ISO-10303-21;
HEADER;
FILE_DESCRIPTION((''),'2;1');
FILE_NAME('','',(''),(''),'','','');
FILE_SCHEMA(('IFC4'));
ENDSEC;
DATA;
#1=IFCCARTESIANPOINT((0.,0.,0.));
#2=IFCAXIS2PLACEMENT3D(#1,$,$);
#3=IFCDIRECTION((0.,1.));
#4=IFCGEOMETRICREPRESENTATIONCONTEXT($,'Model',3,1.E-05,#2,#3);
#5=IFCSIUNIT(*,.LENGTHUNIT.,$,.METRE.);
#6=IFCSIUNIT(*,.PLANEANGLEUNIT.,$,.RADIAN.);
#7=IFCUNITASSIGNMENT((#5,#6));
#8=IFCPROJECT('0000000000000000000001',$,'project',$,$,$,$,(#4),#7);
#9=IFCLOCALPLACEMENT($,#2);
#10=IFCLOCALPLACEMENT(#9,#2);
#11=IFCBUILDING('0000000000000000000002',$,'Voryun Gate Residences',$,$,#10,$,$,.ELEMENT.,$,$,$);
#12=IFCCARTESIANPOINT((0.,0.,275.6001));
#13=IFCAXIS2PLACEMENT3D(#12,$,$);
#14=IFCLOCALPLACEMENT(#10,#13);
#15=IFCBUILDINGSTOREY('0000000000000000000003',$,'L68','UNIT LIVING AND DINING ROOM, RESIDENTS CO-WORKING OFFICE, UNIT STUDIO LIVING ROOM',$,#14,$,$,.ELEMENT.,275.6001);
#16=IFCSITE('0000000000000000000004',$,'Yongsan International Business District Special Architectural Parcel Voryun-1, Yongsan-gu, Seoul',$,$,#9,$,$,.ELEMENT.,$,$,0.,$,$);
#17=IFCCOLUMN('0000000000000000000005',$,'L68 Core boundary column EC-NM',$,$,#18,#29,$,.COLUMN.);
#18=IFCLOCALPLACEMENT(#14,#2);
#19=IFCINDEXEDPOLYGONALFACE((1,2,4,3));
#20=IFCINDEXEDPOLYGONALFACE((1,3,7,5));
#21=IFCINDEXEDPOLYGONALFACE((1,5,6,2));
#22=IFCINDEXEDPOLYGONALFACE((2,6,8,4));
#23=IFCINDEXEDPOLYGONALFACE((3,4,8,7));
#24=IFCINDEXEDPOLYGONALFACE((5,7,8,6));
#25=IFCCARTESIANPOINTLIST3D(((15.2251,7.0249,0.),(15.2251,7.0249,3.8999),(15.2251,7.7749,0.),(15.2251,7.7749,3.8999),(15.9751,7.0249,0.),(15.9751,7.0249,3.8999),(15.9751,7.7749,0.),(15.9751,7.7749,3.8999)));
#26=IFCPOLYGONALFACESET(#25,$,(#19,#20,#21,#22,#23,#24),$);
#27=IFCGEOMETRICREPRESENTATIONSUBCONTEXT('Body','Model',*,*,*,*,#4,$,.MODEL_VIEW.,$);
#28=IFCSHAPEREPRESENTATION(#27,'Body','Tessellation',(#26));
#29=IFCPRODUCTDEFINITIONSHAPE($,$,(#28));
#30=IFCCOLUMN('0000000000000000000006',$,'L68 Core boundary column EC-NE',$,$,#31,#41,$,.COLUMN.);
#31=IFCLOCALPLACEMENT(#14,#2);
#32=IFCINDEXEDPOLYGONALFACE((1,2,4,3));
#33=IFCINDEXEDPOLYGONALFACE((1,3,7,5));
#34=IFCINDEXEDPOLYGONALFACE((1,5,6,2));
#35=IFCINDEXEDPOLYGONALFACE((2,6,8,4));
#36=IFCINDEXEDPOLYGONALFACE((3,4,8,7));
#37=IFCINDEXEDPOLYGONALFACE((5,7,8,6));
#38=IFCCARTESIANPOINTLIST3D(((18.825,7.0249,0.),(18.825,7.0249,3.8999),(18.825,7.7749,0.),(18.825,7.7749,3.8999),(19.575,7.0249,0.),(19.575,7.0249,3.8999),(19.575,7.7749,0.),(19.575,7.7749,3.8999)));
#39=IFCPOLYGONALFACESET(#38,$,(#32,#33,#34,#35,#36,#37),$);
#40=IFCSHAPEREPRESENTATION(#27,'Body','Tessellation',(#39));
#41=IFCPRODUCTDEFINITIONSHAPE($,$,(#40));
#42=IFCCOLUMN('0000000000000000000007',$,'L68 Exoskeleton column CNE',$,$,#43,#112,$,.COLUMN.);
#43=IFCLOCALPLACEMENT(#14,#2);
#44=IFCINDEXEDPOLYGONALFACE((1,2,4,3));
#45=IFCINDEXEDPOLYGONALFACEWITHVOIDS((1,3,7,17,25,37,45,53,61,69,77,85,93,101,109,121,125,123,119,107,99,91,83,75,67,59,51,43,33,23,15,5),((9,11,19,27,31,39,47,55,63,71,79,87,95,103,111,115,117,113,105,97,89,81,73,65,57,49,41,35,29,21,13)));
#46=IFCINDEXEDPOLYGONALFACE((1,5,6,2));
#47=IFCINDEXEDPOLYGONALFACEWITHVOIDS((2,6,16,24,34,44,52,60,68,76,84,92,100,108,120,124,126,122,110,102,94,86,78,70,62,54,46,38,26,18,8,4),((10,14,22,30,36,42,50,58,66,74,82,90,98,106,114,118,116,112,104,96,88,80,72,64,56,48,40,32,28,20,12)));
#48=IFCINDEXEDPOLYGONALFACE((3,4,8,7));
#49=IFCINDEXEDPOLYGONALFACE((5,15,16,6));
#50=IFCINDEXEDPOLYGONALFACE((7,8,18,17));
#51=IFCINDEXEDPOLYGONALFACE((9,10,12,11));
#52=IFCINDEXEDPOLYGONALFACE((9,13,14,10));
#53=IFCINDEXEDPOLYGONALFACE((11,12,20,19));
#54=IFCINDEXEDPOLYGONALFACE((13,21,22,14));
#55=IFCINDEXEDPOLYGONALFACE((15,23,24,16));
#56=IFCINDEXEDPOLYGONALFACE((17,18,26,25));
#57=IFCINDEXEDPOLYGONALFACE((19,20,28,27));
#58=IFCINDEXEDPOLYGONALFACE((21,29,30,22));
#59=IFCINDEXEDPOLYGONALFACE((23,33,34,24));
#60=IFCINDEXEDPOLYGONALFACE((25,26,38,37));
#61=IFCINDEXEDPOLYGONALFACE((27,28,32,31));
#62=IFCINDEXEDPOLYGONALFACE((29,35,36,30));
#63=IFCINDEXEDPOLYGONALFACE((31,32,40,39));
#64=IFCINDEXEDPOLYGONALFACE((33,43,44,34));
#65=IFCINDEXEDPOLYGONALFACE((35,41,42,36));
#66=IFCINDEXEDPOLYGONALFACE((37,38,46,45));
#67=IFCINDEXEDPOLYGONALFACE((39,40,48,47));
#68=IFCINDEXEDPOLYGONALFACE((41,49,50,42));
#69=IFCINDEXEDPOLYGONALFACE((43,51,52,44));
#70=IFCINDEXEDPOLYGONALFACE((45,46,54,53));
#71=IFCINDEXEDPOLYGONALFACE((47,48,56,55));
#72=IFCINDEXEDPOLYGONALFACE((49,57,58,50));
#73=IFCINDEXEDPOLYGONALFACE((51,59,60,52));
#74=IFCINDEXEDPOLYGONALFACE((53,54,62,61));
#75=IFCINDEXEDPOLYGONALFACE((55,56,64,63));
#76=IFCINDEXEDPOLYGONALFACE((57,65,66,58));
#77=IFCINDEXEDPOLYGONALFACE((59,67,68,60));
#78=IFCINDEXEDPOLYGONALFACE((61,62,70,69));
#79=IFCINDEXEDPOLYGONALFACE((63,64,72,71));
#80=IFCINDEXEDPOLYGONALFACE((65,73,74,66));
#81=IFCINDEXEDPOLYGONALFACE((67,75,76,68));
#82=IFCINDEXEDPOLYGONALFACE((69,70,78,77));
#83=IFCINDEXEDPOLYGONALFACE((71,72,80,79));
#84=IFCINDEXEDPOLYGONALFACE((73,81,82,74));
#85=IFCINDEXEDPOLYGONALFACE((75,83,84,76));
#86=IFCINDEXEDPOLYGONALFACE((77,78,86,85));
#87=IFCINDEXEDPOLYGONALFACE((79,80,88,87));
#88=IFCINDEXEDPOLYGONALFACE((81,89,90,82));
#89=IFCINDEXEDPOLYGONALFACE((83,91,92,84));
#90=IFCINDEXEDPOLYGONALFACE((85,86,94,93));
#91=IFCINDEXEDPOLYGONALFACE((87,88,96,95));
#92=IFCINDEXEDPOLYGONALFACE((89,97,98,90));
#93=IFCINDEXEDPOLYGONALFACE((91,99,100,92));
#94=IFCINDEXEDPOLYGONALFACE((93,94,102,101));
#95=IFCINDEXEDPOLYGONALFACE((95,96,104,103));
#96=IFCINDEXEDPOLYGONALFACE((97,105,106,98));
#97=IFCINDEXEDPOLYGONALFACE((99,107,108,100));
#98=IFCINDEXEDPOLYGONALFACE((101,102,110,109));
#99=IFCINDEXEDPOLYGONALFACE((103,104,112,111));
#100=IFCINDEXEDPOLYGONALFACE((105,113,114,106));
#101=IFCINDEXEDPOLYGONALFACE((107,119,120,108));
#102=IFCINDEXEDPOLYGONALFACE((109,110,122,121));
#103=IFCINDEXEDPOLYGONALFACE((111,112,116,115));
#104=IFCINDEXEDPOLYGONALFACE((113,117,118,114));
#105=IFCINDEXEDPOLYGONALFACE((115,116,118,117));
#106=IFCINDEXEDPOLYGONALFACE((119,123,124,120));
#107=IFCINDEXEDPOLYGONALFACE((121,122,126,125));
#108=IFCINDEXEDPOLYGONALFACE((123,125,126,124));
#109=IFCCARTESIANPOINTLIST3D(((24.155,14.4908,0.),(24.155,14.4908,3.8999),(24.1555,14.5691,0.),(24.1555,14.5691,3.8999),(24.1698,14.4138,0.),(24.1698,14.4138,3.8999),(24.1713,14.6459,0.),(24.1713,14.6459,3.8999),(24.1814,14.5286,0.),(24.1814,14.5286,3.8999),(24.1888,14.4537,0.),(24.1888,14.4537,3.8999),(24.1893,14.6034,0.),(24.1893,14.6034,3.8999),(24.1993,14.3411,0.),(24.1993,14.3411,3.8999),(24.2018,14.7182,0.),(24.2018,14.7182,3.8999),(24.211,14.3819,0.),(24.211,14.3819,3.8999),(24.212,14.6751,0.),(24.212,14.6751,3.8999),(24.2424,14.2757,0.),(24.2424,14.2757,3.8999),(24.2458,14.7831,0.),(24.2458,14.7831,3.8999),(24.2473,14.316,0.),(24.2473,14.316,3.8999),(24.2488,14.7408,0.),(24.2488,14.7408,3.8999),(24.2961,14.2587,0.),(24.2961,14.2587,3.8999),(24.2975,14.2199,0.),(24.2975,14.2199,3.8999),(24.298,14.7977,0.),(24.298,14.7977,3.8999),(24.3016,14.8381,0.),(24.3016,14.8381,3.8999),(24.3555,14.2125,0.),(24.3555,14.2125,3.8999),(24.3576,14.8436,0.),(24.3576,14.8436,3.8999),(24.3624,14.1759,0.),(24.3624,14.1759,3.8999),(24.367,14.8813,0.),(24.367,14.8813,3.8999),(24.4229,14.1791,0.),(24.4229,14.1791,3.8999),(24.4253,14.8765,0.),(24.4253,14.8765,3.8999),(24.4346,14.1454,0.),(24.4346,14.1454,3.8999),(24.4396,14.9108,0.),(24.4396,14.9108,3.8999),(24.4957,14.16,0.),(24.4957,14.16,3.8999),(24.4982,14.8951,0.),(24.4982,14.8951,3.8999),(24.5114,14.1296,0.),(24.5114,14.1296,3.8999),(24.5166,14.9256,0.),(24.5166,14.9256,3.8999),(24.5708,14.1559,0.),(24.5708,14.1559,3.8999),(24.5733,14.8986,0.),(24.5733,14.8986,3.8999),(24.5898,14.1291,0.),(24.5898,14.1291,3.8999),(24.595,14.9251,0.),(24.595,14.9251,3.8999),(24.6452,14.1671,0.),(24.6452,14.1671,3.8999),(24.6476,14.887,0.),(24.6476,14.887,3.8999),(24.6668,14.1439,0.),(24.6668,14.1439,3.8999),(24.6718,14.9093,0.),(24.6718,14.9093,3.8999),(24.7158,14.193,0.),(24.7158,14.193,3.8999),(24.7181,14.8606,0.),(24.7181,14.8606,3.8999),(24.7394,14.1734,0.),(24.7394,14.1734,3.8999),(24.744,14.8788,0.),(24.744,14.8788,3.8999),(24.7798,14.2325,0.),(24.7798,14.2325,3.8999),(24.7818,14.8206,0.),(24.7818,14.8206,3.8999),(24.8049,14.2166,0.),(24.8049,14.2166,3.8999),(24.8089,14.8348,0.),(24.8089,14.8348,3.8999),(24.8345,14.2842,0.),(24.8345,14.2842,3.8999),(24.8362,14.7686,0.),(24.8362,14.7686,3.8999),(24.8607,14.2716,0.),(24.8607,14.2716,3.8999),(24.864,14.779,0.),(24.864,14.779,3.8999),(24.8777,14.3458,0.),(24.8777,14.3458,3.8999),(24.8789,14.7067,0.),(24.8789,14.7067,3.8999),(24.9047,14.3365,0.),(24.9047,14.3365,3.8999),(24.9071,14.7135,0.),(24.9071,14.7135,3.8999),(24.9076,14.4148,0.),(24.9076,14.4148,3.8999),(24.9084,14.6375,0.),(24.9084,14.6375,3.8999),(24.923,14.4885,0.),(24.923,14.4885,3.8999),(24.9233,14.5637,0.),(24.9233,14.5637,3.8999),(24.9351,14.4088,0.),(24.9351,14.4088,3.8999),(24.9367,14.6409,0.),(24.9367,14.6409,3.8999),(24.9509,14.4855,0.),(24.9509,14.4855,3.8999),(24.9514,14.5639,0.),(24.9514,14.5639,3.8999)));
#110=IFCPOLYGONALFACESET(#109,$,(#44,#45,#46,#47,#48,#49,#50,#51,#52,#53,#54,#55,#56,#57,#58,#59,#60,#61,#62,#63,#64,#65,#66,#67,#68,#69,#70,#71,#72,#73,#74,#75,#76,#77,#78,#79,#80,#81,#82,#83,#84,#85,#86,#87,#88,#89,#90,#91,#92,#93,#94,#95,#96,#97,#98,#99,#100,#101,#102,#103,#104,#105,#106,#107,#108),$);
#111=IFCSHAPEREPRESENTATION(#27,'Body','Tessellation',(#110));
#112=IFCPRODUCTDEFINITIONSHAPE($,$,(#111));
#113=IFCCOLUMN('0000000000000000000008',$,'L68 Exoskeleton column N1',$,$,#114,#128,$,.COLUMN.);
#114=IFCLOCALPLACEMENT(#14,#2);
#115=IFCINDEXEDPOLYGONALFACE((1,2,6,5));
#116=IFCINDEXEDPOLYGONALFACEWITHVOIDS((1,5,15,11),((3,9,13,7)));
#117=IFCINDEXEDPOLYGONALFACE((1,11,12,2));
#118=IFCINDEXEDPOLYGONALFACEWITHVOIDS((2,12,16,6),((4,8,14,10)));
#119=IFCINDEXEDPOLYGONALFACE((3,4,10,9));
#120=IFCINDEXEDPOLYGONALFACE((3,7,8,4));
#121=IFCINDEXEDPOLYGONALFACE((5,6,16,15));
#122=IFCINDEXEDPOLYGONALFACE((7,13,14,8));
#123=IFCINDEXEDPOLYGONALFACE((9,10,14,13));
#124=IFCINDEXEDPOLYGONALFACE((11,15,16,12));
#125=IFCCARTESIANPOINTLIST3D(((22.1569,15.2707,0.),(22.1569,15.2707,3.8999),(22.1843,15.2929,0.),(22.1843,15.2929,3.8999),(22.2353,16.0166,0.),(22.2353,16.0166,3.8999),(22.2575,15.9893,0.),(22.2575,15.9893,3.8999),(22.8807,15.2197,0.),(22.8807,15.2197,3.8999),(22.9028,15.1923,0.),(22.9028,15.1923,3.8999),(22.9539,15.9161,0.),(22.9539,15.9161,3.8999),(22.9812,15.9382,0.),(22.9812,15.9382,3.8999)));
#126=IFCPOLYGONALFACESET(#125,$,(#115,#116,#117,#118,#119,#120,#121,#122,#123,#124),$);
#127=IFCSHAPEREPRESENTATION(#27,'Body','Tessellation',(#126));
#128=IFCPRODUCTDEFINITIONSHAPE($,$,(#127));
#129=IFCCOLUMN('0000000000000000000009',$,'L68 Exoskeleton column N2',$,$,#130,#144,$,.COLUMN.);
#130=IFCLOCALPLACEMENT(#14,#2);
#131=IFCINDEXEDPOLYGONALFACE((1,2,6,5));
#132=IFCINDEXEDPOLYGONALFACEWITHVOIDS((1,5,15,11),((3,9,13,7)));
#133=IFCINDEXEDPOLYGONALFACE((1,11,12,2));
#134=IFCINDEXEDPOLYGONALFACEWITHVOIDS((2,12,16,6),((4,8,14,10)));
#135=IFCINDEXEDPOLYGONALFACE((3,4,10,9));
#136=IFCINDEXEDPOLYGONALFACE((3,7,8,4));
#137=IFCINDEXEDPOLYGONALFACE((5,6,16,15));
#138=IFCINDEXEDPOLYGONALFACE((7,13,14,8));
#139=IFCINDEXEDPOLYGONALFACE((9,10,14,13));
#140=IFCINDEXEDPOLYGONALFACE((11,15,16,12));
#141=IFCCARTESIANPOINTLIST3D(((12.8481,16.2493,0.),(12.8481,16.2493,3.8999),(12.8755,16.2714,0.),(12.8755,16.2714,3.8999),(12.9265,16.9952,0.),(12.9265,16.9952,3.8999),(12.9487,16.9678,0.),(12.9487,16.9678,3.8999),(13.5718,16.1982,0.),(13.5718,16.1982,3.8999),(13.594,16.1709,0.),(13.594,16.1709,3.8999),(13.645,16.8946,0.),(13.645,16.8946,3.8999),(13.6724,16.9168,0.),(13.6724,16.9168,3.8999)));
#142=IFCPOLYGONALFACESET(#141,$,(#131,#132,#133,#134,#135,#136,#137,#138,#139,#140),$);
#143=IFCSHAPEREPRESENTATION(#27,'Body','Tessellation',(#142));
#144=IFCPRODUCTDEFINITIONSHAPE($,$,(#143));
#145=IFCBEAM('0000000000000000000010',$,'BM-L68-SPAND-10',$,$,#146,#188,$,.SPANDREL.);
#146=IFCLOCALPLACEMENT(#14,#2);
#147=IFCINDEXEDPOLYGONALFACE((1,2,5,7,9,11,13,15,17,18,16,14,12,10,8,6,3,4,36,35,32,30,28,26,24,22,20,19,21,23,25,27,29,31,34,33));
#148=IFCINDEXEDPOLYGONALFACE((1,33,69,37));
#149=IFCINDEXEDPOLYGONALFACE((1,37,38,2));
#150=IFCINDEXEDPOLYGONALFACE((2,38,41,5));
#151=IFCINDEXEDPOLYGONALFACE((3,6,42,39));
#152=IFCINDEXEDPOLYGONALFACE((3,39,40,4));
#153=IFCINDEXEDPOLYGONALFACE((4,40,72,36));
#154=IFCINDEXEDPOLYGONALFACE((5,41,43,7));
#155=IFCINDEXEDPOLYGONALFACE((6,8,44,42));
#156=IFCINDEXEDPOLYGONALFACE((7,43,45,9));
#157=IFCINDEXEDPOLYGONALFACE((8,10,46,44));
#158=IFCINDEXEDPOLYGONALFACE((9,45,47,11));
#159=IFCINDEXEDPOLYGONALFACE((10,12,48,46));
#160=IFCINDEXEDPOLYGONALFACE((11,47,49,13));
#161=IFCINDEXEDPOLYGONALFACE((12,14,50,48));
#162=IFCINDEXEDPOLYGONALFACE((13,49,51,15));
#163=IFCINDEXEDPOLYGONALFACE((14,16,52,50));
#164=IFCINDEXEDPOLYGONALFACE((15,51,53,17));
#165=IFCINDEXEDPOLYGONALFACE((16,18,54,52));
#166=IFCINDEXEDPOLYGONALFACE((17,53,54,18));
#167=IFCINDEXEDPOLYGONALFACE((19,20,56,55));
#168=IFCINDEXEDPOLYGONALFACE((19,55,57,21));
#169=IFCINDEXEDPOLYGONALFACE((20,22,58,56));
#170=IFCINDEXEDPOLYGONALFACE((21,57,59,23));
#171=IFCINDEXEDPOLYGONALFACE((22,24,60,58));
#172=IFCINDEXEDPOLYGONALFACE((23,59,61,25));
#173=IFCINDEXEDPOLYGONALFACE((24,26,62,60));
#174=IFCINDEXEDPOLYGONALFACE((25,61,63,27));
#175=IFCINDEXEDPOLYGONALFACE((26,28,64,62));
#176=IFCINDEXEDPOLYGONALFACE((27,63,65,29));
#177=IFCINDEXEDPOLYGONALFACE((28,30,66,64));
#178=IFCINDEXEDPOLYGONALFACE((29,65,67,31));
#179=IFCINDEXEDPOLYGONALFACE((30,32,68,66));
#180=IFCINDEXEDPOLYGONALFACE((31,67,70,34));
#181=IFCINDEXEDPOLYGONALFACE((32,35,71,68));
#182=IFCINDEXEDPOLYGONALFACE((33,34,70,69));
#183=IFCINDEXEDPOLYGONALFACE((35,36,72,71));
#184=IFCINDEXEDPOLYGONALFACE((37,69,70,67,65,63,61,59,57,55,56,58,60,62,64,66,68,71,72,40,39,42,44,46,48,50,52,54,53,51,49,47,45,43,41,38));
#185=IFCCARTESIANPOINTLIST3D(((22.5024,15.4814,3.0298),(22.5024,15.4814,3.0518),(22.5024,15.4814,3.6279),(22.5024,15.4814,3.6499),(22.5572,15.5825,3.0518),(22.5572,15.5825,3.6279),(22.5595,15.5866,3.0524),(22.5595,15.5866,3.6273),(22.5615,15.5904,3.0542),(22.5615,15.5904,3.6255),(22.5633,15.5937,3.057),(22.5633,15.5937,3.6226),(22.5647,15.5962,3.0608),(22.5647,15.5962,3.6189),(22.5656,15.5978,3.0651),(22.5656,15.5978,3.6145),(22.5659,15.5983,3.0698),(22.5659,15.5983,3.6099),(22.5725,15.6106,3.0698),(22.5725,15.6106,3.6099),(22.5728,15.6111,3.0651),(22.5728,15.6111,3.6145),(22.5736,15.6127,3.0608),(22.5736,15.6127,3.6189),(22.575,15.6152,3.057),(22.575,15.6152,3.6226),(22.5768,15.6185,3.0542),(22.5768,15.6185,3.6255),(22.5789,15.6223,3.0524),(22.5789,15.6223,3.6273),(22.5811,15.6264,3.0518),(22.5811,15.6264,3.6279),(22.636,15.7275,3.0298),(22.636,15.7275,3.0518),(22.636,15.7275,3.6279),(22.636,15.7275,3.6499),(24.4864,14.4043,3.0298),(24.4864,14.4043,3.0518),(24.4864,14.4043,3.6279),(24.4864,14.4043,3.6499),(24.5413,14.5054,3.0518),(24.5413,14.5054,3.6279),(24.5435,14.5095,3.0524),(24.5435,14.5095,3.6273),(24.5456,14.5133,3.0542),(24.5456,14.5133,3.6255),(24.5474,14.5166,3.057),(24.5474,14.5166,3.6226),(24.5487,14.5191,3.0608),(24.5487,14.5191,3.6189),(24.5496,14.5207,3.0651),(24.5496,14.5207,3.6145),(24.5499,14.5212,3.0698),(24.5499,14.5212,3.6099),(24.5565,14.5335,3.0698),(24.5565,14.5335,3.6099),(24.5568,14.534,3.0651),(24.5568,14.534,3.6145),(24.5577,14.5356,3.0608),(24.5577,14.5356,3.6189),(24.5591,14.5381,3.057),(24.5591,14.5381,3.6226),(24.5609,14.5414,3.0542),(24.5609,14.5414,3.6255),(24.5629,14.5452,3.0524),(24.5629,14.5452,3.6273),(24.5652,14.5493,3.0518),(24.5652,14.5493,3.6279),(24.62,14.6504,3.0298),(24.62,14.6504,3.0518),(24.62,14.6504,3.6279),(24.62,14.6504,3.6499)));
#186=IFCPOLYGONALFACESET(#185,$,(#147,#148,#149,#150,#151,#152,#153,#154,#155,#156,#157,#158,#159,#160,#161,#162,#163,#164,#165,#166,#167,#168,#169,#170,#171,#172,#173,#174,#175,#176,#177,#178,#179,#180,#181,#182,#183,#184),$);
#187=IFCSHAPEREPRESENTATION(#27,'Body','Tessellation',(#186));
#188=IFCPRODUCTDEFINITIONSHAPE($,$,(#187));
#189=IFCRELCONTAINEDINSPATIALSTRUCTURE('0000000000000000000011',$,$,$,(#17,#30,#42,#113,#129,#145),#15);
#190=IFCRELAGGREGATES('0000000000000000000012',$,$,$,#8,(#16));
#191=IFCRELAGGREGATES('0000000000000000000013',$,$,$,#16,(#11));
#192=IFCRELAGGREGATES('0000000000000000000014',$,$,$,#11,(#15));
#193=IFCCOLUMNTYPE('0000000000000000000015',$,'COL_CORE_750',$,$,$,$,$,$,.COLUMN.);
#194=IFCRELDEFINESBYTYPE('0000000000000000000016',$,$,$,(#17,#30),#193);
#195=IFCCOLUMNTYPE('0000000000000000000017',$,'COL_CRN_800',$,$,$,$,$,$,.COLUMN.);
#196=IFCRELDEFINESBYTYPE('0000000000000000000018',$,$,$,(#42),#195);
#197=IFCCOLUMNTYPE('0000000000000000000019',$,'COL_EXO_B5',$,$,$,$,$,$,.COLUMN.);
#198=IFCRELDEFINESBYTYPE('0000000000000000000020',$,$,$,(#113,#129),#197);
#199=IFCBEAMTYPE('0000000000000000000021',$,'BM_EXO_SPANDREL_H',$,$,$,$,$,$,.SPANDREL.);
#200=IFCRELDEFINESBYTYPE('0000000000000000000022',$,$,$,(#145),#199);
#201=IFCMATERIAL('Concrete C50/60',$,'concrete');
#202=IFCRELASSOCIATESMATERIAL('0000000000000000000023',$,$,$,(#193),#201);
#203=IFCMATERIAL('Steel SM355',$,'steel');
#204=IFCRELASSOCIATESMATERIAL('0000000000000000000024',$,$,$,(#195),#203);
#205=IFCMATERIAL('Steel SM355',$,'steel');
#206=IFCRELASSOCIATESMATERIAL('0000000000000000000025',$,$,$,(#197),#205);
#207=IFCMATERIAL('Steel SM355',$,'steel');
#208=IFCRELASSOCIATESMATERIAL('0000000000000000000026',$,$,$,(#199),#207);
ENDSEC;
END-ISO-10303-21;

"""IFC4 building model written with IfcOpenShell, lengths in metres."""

from ifc_helpers import new_model, si_unit, direction, frame, origin, origin_2d, place, context, subcontext, project, spatial, rectangle, hollow_rectangle, hollow_circle, i_section, extrude, material, material_profile, profile_set, type_object, element, save


model = new_model("IFC4")

# Units and contexts
model_context = context("Model", 3, precision=1e-05, world=origin(), true_north=direction((0.0, 1.0)))
body_context = subcontext(model_context, "Body", "Model", "MODEL_VIEW")
ifc_project = project(units=[si_unit("LENGTHUNIT", "METRE"), si_unit("PLANEANGLEUNIT", "RADIAN")], contexts=[model_context])

# Site, building, storey
site_placement = place(None, origin())
site = spatial("IfcSite", under=ifc_project, at=site_placement, Name="Yongsan International Business District Special Architectural Parcel Voryun-1, Yongsan-gu, Seoul", CompositionType="ELEMENT", RefElevation=0.0)
building_placement = place(site_placement, origin())
building = spatial("IfcBuilding", under=site, at=building_placement, Name="Voryun Gate Residences", CompositionType="ELEMENT")
storey_placement = place(building_placement, frame((0.0, 0.0, 275.6001)))
storey = spatial("IfcBuildingStorey", under=building, at=storey_placement, Name="L68", Description="UNIT LIVING AND DINING ROOM, RESIDENTS CO-WORKING OFFICE, UNIT STUDIO LIVING ROOM", CompositionType="ELEMENT", Elevation=275.6001)

# Columns
ifc_material_1 = material(Name="Concrete C50/60", Category="concrete")
ifc_material_profile_1 = material_profile(ifc_material_1, rectangle(XDim=0.75, YDim=0.75, at=origin_2d()), Name="RC-750x750")
ifc_profile_set_1 = profile_set([ifc_material_profile_1], Name="Concrete C50/60")
column_type_1 = type_object("IfcColumnType", Name="COL_CORE_750", PredefinedType="COLUMN", material=ifc_profile_set_1)
for number, where, z_axis, x_axis, name in (
    (1, (15.6001, 7.3999, 0.0), (0.0, 0.0, 1.0), (1.0, 0.0, 0.0), "L68 Core boundary column EC-NM"),
    (2, (19.2, 7.3999, 0.0), (0.0, 0.0, 1.0), (1.0, 0.0, 0.0), "L68 Core boundary column EC-NE"),
):
    element("IfcColumn", number, at=place(storey_placement, frame(where, z_axis=z_axis, x_axis=x_axis)), inside=storey, type_object=column_type_1, Name=name, PredefinedType="COLUMN", context=body_context, shape_type="SweptSolid", body=[
        extrude(rectangle(XDim=0.75, YDim=0.75, at=origin_2d()), origin(), (0.0, 0.0, 1.0), 3.8999),
    ])
ifc_material_2 = material(Name="Steel SM355", Category="steel")
ifc_material_profile_2 = material_profile(ifc_material_2, hollow_circle(Radius=0.3999, WallThickness=0.0281, at=origin_2d()), Name="CHS-800x28")
ifc_profile_set_2 = profile_set([ifc_material_profile_2], Name="Steel SM355")
column_type_2 = type_object("IfcColumnType", Name="COL_CRN_800", PredefinedType="COLUMN", material=ifc_profile_set_2)
column_placement = place(storey_placement, frame((24.5532, 14.5273, 0.0), z_axis=(0.0, 0.0, 1.0), x_axis=(0.994522, -0.104528, 0.0)))
element("IfcColumn", 3, at=column_placement, inside=storey, type_object=column_type_2, Name="L68 Exoskeleton column CNE", PredefinedType="COLUMN", context=body_context, shape_type="SweptSolid", body=[
    extrude(hollow_circle(Radius=0.3999, WallThickness=0.0281, at=origin_2d()), origin(), (0.0, 0.0, 1.0), 3.8999),
])
ifc_material_3 = material(Name="Steel SM355", Category="steel")
ifc_material_profile_3 = material_profile(ifc_material_3, hollow_rectangle(XDim=0.75, YDim=0.75, WallThickness=0.0249, at=origin_2d()), Name="BOX-750x750x25")
ifc_profile_set_3 = profile_set([ifc_material_profile_3], Name="Steel SM355")
column_type_3 = type_object("IfcColumnType", Name="COL_EXO_B5", PredefinedType="COLUMN", material=ifc_profile_set_3)
for number, where, z_axis, x_axis, name in (
    (4, (22.5691, 15.6045, 0.0), (0.0, 0.0, 1.0), (0.994522, -0.104528, 0.0), "L68 Exoskeleton column N1"),
    (5, (13.2603, 16.583, 0.0), (0.0, 0.0, 1.0), (0.994522, -0.104528, 0.0), "L68 Exoskeleton column N2"),
):
    element("IfcColumn", number, at=place(storey_placement, frame(where, z_axis=z_axis, x_axis=x_axis)), inside=storey, type_object=column_type_3, Name=name, PredefinedType="COLUMN", context=body_context, shape_type="SweptSolid", body=[
        extrude(hollow_rectangle(XDim=0.75, YDim=0.75, WallThickness=0.0249, at=origin_2d()), origin(), (0.0, 0.0, 1.0), 3.8999),
    ])

# Beam
ifc_material_4 = material(Name="Steel SM355", Category="steel")
ifc_material_profile_4 = material_profile(ifc_material_4, i_section(OverallWidth=0.28, OverallDepth=0.6201, WebThickness=0.0139, FlangeThickness=0.022, FilletRadius=0.0181, at=origin_2d()), Name="H-620x280x14x22")
ifc_profile_set_4 = profile_set([ifc_material_profile_4], Name="Steel SM355")
beam_type_1 = type_object("IfcBeamType", Name="BM_EXO_SPANDREL_H", PredefinedType="SPANDREL", material=ifc_profile_set_4)
beam_1_placement = place(storey_placement, frame((24.5532, 14.5273, 3.3398), z_axis=(-0.878844, 0.477109, 0.0), x_axis=(-0.477109, -0.878844, 0.0)))
element("IfcBeam", 6, at=beam_1_placement, inside=storey, type_object=beam_type_1, Name="BM-L68-SPAND-10", PredefinedType="SPANDREL", context=body_context, shape_type="SweptSolid", body=[
    extrude(i_section(OverallWidth=0.28, OverallDepth=0.6201, WebThickness=0.0139, FlangeThickness=0.022, FilletRadius=0.0181, at=origin_2d()), origin(), (0.0, 0.0, 1.0), 2.2576),
])

save(model, "model.ifc")
